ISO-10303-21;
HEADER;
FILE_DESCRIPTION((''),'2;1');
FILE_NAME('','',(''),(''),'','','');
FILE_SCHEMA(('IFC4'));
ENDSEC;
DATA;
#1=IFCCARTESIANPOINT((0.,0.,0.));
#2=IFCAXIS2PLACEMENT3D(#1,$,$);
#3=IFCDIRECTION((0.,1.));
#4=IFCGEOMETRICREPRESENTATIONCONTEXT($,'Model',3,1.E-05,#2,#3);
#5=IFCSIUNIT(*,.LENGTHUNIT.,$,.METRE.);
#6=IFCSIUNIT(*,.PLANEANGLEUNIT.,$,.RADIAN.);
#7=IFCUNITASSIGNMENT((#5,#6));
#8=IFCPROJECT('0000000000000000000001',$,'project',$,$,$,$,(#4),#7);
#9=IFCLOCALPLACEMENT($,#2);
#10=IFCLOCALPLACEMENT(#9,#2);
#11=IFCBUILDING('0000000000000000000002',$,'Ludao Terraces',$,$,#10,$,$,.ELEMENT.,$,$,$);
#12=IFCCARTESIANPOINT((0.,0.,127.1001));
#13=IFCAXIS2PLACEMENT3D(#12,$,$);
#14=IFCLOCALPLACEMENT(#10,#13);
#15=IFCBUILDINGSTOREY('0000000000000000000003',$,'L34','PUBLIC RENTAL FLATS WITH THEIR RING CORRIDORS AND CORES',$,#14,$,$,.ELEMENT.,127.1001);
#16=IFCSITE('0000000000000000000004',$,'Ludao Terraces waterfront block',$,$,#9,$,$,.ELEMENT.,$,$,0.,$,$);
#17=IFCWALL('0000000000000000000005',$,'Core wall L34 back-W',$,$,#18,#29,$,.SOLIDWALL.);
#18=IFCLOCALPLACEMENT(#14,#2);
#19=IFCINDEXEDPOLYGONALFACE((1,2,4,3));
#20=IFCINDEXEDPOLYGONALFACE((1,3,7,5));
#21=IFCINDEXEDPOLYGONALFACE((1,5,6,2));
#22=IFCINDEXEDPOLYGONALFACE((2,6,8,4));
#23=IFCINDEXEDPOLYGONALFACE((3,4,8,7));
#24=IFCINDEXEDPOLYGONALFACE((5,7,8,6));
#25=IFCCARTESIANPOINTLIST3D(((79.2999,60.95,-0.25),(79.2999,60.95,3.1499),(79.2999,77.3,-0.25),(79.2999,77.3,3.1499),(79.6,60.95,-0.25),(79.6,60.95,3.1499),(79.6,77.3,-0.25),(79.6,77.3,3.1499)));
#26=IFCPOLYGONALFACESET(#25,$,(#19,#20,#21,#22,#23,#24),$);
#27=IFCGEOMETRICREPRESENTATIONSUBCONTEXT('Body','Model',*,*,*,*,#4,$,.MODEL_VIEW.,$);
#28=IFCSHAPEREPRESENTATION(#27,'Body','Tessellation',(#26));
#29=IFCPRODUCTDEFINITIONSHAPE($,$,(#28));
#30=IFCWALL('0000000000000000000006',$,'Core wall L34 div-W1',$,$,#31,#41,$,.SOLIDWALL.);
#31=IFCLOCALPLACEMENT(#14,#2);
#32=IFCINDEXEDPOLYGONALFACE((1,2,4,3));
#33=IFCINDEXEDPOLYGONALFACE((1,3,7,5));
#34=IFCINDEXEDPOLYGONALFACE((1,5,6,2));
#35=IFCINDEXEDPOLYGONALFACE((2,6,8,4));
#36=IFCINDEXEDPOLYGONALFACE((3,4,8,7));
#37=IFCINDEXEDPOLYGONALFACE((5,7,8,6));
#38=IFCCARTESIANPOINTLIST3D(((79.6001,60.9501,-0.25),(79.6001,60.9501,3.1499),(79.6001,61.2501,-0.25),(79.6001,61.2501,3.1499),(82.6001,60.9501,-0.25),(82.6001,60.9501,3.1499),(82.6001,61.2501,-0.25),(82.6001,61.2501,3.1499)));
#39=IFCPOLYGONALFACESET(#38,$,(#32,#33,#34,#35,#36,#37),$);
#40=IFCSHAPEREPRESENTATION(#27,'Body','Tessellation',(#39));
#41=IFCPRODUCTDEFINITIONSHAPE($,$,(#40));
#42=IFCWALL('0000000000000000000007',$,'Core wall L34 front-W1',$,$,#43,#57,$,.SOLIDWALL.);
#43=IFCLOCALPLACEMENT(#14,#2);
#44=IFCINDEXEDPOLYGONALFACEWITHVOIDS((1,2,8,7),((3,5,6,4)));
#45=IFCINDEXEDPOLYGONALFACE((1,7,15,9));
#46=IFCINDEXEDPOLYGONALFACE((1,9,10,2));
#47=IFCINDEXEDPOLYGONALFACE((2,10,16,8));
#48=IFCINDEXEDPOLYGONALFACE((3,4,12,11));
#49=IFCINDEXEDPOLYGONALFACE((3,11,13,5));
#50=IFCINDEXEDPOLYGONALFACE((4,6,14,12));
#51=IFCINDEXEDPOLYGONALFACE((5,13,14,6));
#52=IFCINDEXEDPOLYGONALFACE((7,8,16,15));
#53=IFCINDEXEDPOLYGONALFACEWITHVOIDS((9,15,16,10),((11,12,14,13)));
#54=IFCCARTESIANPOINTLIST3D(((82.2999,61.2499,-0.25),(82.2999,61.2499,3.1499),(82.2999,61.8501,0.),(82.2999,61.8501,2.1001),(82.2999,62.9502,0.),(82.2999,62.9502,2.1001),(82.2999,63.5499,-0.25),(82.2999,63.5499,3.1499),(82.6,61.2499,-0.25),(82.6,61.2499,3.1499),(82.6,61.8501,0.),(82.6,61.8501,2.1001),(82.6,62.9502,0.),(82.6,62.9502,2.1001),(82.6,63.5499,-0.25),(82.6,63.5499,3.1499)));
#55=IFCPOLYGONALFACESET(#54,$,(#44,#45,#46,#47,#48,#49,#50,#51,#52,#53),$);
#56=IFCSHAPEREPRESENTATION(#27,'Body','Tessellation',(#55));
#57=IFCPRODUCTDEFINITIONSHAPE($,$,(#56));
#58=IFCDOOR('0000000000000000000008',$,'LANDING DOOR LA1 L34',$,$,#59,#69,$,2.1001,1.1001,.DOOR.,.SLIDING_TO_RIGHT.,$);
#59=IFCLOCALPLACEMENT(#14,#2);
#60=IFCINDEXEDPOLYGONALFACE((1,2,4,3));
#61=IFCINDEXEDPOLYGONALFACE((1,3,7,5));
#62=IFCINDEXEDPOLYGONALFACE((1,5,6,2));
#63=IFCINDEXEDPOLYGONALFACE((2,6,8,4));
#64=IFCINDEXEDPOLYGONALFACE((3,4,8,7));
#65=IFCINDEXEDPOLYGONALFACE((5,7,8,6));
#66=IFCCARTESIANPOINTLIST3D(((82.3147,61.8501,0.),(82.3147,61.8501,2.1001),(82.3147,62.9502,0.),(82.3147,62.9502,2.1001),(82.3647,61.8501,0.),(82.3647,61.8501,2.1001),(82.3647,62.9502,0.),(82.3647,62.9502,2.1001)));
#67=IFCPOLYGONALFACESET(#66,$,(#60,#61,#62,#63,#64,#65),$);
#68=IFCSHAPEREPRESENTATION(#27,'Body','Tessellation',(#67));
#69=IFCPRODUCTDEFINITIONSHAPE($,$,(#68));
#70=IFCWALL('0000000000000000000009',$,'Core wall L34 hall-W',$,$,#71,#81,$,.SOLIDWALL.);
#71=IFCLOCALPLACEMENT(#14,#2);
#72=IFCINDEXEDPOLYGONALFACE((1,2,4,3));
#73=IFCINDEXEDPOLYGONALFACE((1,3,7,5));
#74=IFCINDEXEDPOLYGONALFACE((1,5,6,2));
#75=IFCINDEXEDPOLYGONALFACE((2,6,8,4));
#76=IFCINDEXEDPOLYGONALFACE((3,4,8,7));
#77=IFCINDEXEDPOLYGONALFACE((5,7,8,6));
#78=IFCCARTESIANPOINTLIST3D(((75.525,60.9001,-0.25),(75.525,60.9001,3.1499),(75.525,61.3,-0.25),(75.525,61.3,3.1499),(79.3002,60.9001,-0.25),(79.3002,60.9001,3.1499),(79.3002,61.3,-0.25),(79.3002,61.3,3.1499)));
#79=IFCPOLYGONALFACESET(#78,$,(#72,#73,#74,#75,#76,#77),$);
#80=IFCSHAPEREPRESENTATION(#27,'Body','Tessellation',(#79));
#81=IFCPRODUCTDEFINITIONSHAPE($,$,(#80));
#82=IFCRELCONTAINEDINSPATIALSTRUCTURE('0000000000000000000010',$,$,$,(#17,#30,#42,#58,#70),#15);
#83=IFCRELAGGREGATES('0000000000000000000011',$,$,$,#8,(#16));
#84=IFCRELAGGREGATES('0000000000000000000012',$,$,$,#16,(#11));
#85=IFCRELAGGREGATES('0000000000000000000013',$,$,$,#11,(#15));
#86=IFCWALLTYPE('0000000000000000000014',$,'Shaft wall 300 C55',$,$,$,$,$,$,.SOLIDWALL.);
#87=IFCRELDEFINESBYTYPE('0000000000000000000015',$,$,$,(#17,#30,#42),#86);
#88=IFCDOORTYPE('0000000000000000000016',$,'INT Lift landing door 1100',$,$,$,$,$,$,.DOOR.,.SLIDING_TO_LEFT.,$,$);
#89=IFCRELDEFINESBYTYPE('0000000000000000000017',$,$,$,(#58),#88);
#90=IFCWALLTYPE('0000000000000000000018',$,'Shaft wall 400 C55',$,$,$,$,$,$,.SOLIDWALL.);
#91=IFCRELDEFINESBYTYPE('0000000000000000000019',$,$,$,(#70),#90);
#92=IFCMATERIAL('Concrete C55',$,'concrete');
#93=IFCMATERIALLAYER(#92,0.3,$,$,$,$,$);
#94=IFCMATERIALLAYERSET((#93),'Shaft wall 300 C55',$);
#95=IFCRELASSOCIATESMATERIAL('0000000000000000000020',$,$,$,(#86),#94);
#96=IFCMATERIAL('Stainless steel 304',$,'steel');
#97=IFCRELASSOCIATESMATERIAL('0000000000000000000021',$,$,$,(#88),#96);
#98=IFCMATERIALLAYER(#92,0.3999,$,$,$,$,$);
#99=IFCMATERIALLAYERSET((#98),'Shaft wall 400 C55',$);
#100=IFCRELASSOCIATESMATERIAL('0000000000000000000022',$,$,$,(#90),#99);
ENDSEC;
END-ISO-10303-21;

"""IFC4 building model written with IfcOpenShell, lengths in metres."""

from ifc_helpers import new_model, si_unit, direction, frame, frame_2d, origin, place, context, subcontext, project, spatial, rectangle, extrude, material, layer, layer_set, type_object, element, fill, save


model = new_model("IFC4")

# Units and contexts
model_context = context("Model", 3, precision=1e-05, world=origin(), true_north=direction((0.0, 1.0)))
body_context = subcontext(model_context, "Body", "Model", "MODEL_VIEW")
ifc_project = project(units=[si_unit("LENGTHUNIT", "METRE"), si_unit("PLANEANGLEUNIT", "RADIAN")], contexts=[model_context])

# Site, building, storey
site_placement = place(None, origin())
site = spatial("IfcSite", under=ifc_project, at=site_placement, Name="Ludao Terraces waterfront block", CompositionType="ELEMENT", RefElevation=0.0)
building_placement = place(site_placement, origin())
building = spatial("IfcBuilding", under=site, at=building_placement, Name="Ludao Terraces", CompositionType="ELEMENT")
storey_placement = place(building_placement, frame((0.0, 0.0, 127.1001)))
storey = spatial("IfcBuildingStorey", under=building, at=storey_placement, Name="L34", Description="PUBLIC RENTAL FLATS WITH THEIR RING CORRIDORS AND CORES", CompositionType="ELEMENT", Elevation=127.1001)

# Walls
ifc_material_1 = material(Name="Concrete C55", Category="concrete")
ifc_layer_1 = layer(ifc_material_1, 0.3)
ifc_layer_set_1 = layer_set([ifc_layer_1], Name="Shaft wall 300 C55")
wall_type_1 = type_object("IfcWallType", Name="Shaft wall 300 C55", PredefinedType="SOLIDWALL", material=ifc_layer_set_1)
wall_1_placement = place(storey_placement, frame((79.45, 60.95, -0.25), z_axis=(0.0, 0.0, 1.0), x_axis=(0.0, 1.0, 0.0)))
element("IfcWall", 1, at=wall_1_placement, inside=storey, type_object=wall_type_1, Name="Core wall L34 back-W", PredefinedType="SOLIDWALL", context=body_context, shape_type="SweptSolid", body=[
    extrude(rectangle(XDim=16.3501, YDim=0.3, at=frame_2d((8.175, 0.0))), origin(), (0.0, 0.0, 1.0), 3.3999),
])
wall_2_placement = place(storey_placement, frame((79.6001, 61.1001, -0.25), z_axis=(0.0, 0.0, 1.0), x_axis=(1.0, 0.0, 0.0)))
element("IfcWall", 2, at=wall_2_placement, inside=storey, type_object=wall_type_1, Name="Core wall L34 div-W1", PredefinedType="SOLIDWALL", context=body_context, shape_type="SweptSolid", body=[
    extrude(rectangle(XDim=3.0, YDim=0.3, at=frame_2d((1.5, 0.0))), origin(), (0.0, 0.0, 1.0), 3.3999),
])

# Wall, opening, door
wall_3_placement = place(storey_placement, frame((82.45, 61.25, -0.25), z_axis=(0.0, 0.0, 1.0), x_axis=(0.0, 1.0, 0.0)))
wall_3 = element("IfcWall", 3, at=wall_3_placement, inside=storey, type_object=wall_type_1, Name="Core wall L34 front-W1", PredefinedType="SOLIDWALL", context=body_context, shape_type="SweptSolid", body=[
    extrude(rectangle(XDim=2.3, YDim=0.3, at=frame_2d((1.1499, 0.0))), origin(), (0.0, 0.0, 1.0), 3.3999),
])
opening_1_placement = place(wall_3_placement, frame((0.6001, 0.0, 0.25)))
opening_1 = element("IfcOpeningElement", 4, at=opening_1_placement, cuts=wall_3, PredefinedType="OPENING", context=body_context, shape_type="SweptSolid", body=[
    extrude(rectangle(XDim=1.1001, YDim=2.1001, at=frame_2d((0.55, 1.05))), frame((0.0, 0.1602, 0.0), z_axis=(0.0, -1.0, 0.0), x_axis=(1.0, 0.0, 0.0)), (0.0, 0.0, 1.0), 0.3201),
])
ifc_material_2 = material(Name="Stainless steel 304", Category="steel")
door_type_1 = type_object("IfcDoorType", Name="INT Lift landing door 1100", OperationType="SLIDING_TO_LEFT", PredefinedType="DOOR", material=ifc_material_2)
door_1_placement = place(opening_1_placement, origin())
door_1 = element("IfcDoor", 5, at=door_1_placement, inside=storey, type_object=door_type_1, Name="LANDING DOOR LA1 L34", OperationType="SLIDING_TO_RIGHT", OverallHeight=2.1001, OverallWidth=1.1001, PredefinedType="DOOR", context=body_context, shape_type="SweptSolid", body=[
    extrude(rectangle(XDim=1.1001, YDim=2.1001, at=frame_2d((0.55, 1.05))), frame((0.0, 0.1353, 0.0), z_axis=(0.0, -1.0, 0.0), x_axis=(1.0, 0.0, 0.0)), (0.0, 0.0, 1.0), 0.05),
])
fill(opening_1, door_1)

# Wall
ifc_layer_2 = layer(ifc_material_1, 0.3999)
ifc_layer_set_2 = layer_set([ifc_layer_2], Name="Shaft wall 400 C55")
wall_type_2 = type_object("IfcWallType", Name="Shaft wall 400 C55", PredefinedType="SOLIDWALL", material=ifc_layer_set_2)
wall_4_placement = place(storey_placement, frame((75.5249, 61.1001, -0.25), z_axis=(0.0, 0.0, 1.0), x_axis=(1.0, 0.0, 0.0)))
element("IfcWall", 6, at=wall_4_placement, inside=storey, type_object=wall_type_2, Name="Core wall L34 hall-W", PredefinedType="SOLIDWALL", context=body_context, shape_type="SweptSolid", body=[
    extrude(rectangle(XDim=3.7751, YDim=0.3999, at=frame_2d((1.8877, 0.0))), origin(), (0.0, 0.0, 1.0), 3.3999),
])

save(model, "model.ifc")
